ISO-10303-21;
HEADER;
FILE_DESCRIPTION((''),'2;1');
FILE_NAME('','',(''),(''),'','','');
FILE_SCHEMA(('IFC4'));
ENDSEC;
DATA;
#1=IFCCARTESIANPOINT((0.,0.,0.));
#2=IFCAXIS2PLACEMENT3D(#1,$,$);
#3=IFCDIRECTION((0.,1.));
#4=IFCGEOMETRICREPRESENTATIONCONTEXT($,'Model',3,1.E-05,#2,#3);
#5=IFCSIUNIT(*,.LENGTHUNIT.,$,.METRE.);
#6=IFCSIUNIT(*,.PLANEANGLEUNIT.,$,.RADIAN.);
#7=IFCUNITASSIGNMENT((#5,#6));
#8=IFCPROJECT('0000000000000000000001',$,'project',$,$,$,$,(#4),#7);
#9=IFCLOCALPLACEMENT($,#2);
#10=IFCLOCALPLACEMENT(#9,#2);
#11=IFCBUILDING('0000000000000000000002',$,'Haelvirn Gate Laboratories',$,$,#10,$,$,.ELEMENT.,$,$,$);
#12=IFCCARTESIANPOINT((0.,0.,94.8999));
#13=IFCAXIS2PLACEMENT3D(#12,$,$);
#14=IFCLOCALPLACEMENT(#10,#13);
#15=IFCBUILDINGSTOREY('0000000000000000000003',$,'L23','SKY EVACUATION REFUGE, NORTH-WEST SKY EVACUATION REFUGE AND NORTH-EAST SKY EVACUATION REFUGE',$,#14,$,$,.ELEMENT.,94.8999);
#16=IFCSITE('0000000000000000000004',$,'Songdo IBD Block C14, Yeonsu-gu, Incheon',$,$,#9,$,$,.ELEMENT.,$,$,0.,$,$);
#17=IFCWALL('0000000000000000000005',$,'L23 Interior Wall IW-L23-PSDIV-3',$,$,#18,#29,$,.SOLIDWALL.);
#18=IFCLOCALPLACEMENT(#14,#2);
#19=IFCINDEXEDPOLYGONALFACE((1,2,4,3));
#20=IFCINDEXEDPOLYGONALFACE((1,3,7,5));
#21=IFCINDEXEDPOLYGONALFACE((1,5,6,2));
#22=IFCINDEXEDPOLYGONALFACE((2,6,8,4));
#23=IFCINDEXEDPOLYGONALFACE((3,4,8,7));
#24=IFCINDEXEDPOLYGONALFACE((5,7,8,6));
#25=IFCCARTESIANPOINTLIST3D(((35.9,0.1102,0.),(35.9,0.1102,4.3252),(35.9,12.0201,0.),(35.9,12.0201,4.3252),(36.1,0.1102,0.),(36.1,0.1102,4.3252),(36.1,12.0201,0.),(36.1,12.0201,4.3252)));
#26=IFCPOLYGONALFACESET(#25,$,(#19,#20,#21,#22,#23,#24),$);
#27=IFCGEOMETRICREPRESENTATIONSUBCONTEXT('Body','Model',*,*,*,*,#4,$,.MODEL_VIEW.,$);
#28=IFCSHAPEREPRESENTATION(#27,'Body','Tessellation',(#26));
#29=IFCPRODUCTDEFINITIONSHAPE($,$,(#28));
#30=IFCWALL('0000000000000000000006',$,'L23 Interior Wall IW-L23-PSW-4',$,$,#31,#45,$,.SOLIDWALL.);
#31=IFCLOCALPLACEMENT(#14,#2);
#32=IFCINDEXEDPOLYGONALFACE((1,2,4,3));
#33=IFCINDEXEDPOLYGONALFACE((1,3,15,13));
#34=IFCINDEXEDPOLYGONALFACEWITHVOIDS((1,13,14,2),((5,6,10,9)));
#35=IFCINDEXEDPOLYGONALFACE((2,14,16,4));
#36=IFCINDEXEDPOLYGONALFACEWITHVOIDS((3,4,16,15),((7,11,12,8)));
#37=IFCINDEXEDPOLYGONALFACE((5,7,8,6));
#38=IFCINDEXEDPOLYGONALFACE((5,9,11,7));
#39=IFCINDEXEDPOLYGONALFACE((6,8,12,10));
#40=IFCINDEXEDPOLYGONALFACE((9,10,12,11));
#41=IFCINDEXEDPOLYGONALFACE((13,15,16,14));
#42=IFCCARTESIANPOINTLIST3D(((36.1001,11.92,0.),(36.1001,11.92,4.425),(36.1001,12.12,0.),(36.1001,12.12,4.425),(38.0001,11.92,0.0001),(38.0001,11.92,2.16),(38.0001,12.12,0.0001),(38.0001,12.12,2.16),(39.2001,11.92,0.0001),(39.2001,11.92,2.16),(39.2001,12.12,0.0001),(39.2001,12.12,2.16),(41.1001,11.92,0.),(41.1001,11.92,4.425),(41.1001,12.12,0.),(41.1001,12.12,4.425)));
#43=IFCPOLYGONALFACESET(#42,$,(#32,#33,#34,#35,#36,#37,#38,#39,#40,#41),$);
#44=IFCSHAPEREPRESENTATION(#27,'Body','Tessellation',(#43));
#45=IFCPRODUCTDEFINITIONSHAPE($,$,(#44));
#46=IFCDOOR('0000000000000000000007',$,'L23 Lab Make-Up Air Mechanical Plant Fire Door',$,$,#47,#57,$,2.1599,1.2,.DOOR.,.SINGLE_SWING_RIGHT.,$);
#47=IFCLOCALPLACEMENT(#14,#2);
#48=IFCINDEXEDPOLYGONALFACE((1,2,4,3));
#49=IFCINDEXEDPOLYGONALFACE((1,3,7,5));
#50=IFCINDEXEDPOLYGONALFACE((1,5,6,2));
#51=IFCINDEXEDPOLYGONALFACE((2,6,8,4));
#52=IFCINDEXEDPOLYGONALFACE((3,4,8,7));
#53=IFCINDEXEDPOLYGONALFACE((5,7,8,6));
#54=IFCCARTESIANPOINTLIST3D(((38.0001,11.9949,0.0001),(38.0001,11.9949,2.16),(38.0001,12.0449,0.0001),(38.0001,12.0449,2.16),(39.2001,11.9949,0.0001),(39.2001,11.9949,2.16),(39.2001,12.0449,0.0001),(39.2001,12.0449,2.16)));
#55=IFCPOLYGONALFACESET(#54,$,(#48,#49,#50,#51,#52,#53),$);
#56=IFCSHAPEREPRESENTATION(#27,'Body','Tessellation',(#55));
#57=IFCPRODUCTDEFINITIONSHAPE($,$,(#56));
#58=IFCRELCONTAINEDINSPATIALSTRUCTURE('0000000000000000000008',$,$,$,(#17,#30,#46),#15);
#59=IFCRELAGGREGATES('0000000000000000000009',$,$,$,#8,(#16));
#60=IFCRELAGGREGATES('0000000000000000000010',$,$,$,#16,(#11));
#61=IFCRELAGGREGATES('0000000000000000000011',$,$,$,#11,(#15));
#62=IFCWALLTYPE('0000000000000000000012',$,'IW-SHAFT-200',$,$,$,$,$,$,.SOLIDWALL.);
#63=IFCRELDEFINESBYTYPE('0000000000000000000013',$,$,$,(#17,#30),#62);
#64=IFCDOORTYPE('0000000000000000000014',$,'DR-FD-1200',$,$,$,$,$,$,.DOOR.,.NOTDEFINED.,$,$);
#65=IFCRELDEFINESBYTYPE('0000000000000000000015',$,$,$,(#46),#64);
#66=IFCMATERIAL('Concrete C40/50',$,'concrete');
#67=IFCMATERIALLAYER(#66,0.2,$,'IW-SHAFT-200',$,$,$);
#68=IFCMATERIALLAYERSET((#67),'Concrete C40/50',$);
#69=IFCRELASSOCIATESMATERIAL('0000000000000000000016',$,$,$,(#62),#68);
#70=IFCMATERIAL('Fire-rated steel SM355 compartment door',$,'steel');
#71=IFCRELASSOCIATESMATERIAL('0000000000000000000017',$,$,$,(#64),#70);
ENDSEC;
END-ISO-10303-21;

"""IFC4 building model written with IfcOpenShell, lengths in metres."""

from ifc_helpers import new_model, si_unit, direction, frame, frame_2d, origin, place, context, subcontext, project, spatial, rectangle, extrude, source, transform, mapped, material, layer, layer_set, type_object, type_shapes, element, fill, save


model = new_model("IFC4")

# Units and contexts
model_context = context("Model", 3, precision=1e-05, world=origin(), true_north=direction((0.0, 1.0)))
body_context = subcontext(model_context, "Body", "Model", "MODEL_VIEW")
ifc_project = project(units=[si_unit("LENGTHUNIT", "METRE"), si_unit("PLANEANGLEUNIT", "RADIAN")], contexts=[model_context])

# Site, building, storey
site_placement = place(None, origin())
site = spatial("IfcSite", under=ifc_project, at=site_placement, Name="Songdo IBD Block C14, Yeonsu-gu, Incheon", CompositionType="ELEMENT", RefElevation=0.0)
building_placement = place(site_placement, origin())
building = spatial("IfcBuilding", under=site, at=building_placement, Name="Haelvirn Gate Laboratories", CompositionType="ELEMENT")
storey_placement = place(building_placement, frame((0.0, 0.0, 94.8999)))
storey = spatial("IfcBuildingStorey", under=building, at=storey_placement, Name="L23", Description="SKY EVACUATION REFUGE, NORTH-WEST SKY EVACUATION REFUGE AND NORTH-EAST SKY EVACUATION REFUGE", CompositionType="ELEMENT", Elevation=94.8999)

# Shared definitions
ifc_material_1 = material(Name="Concrete C40/50", Category="concrete")
ifc_layer_1 = layer(ifc_material_1, 0.2, Name="IW-SHAFT-200")
ifc_layer_set_1 = layer_set([ifc_layer_1], Name="Concrete C40/50")
wall_type_1 = type_object("IfcWallType", Name="IW-SHAFT-200", PredefinedType="SOLIDWALL", material=ifc_layer_set_1)

# Shared definitions
ifc_material_2 = material(Name="Fire-rated steel SM355 compartment door", Category="steel")
door_type = type_object("IfcDoorType", Name="DR-FD-1200", OperationType="NOTDEFINED", PredefinedType="DOOR", material=ifc_material_2)
shared_shape_1 = source(origin(), body_context, "Body", "SweptSolid", [
    extrude(rectangle(XDim=1.2, YDim=2.1599, at=frame_2d((0.6001, 1.0801))), frame((0.0, 0.0249, 0.0), z_axis=(0.0, -1.0, 0.0), x_axis=(1.0, 0.0, 0.0)), (0.0, 0.0, 1.0), 0.05),
])
type_shapes(door_type, [shared_shape_1])

# Wall
wall_1_placement = place(storey_placement, frame((36.0, 0.1101, 0.0), z_axis=(0.0, 0.0, 1.0), x_axis=(0.0, 1.0, 0.0)))
element("IfcWall", 1, at=wall_1_placement, inside=storey, type_object=wall_type_1, Name="L23 Interior Wall IW-L23-PSDIV-3", PredefinedType="SOLIDWALL", context=body_context, shape_type="SweptSolid", body=[
    extrude(rectangle(XDim=11.9099, YDim=0.2, at=frame_2d((5.9551, 0.0))), origin(), (0.0, 0.0, 1.0), 4.3252),
])

# Wall, opening, door
wall_2_placement = place(storey_placement, frame((36.1001, 12.02, 0.0), z_axis=(0.0, 0.0, 1.0), x_axis=(1.0, 0.0, 0.0)))
wall_2 = element("IfcWall", 2, at=wall_2_placement, inside=storey, type_object=wall_type_1, Name="L23 Interior Wall IW-L23-PSW-4", PredefinedType="SOLIDWALL", context=body_context, shape_type="SweptSolid", body=[
    extrude(rectangle(XDim=5.0, YDim=0.2, at=frame_2d((2.5, 0.0))), origin(), (0.0, 0.0, 1.0), 4.425),
])
opening_1_placement = place(wall_2_placement, frame((1.8999, 0.0, 0.0)))
opening_1 = element("IfcOpeningElement", 3, at=opening_1_placement, cuts=wall_2, PredefinedType="OPENING", context=body_context, shape_type="SweptSolid", body=[
    extrude(rectangle(XDim=1.2, YDim=2.1599, at=frame_2d((0.6001, 1.0801))), frame((0.0, 0.1099, 0.0), z_axis=(0.0, -1.0, 0.0), x_axis=(1.0, 0.0, 0.0)), (0.0, 0.0, 1.0), 0.22),
])
door_1_placement = place(opening_1_placement, origin())
door_1 = element("IfcDoor", 4, at=door_1_placement, inside=storey, type_object=door_type, Name="L23 Lab Make-Up Air Mechanical Plant Fire Door", OperationType="SINGLE_SWING_RIGHT", OverallHeight=2.1599, OverallWidth=1.2, PredefinedType="DOOR", context=body_context, shape_type="MappedRepresentation", body=[
    mapped(shared_shape_1, transform((0.0, 0.0, 0.0), scale=1.0)),
])
fill(opening_1, door_1)

save(model, "model.ifc")
